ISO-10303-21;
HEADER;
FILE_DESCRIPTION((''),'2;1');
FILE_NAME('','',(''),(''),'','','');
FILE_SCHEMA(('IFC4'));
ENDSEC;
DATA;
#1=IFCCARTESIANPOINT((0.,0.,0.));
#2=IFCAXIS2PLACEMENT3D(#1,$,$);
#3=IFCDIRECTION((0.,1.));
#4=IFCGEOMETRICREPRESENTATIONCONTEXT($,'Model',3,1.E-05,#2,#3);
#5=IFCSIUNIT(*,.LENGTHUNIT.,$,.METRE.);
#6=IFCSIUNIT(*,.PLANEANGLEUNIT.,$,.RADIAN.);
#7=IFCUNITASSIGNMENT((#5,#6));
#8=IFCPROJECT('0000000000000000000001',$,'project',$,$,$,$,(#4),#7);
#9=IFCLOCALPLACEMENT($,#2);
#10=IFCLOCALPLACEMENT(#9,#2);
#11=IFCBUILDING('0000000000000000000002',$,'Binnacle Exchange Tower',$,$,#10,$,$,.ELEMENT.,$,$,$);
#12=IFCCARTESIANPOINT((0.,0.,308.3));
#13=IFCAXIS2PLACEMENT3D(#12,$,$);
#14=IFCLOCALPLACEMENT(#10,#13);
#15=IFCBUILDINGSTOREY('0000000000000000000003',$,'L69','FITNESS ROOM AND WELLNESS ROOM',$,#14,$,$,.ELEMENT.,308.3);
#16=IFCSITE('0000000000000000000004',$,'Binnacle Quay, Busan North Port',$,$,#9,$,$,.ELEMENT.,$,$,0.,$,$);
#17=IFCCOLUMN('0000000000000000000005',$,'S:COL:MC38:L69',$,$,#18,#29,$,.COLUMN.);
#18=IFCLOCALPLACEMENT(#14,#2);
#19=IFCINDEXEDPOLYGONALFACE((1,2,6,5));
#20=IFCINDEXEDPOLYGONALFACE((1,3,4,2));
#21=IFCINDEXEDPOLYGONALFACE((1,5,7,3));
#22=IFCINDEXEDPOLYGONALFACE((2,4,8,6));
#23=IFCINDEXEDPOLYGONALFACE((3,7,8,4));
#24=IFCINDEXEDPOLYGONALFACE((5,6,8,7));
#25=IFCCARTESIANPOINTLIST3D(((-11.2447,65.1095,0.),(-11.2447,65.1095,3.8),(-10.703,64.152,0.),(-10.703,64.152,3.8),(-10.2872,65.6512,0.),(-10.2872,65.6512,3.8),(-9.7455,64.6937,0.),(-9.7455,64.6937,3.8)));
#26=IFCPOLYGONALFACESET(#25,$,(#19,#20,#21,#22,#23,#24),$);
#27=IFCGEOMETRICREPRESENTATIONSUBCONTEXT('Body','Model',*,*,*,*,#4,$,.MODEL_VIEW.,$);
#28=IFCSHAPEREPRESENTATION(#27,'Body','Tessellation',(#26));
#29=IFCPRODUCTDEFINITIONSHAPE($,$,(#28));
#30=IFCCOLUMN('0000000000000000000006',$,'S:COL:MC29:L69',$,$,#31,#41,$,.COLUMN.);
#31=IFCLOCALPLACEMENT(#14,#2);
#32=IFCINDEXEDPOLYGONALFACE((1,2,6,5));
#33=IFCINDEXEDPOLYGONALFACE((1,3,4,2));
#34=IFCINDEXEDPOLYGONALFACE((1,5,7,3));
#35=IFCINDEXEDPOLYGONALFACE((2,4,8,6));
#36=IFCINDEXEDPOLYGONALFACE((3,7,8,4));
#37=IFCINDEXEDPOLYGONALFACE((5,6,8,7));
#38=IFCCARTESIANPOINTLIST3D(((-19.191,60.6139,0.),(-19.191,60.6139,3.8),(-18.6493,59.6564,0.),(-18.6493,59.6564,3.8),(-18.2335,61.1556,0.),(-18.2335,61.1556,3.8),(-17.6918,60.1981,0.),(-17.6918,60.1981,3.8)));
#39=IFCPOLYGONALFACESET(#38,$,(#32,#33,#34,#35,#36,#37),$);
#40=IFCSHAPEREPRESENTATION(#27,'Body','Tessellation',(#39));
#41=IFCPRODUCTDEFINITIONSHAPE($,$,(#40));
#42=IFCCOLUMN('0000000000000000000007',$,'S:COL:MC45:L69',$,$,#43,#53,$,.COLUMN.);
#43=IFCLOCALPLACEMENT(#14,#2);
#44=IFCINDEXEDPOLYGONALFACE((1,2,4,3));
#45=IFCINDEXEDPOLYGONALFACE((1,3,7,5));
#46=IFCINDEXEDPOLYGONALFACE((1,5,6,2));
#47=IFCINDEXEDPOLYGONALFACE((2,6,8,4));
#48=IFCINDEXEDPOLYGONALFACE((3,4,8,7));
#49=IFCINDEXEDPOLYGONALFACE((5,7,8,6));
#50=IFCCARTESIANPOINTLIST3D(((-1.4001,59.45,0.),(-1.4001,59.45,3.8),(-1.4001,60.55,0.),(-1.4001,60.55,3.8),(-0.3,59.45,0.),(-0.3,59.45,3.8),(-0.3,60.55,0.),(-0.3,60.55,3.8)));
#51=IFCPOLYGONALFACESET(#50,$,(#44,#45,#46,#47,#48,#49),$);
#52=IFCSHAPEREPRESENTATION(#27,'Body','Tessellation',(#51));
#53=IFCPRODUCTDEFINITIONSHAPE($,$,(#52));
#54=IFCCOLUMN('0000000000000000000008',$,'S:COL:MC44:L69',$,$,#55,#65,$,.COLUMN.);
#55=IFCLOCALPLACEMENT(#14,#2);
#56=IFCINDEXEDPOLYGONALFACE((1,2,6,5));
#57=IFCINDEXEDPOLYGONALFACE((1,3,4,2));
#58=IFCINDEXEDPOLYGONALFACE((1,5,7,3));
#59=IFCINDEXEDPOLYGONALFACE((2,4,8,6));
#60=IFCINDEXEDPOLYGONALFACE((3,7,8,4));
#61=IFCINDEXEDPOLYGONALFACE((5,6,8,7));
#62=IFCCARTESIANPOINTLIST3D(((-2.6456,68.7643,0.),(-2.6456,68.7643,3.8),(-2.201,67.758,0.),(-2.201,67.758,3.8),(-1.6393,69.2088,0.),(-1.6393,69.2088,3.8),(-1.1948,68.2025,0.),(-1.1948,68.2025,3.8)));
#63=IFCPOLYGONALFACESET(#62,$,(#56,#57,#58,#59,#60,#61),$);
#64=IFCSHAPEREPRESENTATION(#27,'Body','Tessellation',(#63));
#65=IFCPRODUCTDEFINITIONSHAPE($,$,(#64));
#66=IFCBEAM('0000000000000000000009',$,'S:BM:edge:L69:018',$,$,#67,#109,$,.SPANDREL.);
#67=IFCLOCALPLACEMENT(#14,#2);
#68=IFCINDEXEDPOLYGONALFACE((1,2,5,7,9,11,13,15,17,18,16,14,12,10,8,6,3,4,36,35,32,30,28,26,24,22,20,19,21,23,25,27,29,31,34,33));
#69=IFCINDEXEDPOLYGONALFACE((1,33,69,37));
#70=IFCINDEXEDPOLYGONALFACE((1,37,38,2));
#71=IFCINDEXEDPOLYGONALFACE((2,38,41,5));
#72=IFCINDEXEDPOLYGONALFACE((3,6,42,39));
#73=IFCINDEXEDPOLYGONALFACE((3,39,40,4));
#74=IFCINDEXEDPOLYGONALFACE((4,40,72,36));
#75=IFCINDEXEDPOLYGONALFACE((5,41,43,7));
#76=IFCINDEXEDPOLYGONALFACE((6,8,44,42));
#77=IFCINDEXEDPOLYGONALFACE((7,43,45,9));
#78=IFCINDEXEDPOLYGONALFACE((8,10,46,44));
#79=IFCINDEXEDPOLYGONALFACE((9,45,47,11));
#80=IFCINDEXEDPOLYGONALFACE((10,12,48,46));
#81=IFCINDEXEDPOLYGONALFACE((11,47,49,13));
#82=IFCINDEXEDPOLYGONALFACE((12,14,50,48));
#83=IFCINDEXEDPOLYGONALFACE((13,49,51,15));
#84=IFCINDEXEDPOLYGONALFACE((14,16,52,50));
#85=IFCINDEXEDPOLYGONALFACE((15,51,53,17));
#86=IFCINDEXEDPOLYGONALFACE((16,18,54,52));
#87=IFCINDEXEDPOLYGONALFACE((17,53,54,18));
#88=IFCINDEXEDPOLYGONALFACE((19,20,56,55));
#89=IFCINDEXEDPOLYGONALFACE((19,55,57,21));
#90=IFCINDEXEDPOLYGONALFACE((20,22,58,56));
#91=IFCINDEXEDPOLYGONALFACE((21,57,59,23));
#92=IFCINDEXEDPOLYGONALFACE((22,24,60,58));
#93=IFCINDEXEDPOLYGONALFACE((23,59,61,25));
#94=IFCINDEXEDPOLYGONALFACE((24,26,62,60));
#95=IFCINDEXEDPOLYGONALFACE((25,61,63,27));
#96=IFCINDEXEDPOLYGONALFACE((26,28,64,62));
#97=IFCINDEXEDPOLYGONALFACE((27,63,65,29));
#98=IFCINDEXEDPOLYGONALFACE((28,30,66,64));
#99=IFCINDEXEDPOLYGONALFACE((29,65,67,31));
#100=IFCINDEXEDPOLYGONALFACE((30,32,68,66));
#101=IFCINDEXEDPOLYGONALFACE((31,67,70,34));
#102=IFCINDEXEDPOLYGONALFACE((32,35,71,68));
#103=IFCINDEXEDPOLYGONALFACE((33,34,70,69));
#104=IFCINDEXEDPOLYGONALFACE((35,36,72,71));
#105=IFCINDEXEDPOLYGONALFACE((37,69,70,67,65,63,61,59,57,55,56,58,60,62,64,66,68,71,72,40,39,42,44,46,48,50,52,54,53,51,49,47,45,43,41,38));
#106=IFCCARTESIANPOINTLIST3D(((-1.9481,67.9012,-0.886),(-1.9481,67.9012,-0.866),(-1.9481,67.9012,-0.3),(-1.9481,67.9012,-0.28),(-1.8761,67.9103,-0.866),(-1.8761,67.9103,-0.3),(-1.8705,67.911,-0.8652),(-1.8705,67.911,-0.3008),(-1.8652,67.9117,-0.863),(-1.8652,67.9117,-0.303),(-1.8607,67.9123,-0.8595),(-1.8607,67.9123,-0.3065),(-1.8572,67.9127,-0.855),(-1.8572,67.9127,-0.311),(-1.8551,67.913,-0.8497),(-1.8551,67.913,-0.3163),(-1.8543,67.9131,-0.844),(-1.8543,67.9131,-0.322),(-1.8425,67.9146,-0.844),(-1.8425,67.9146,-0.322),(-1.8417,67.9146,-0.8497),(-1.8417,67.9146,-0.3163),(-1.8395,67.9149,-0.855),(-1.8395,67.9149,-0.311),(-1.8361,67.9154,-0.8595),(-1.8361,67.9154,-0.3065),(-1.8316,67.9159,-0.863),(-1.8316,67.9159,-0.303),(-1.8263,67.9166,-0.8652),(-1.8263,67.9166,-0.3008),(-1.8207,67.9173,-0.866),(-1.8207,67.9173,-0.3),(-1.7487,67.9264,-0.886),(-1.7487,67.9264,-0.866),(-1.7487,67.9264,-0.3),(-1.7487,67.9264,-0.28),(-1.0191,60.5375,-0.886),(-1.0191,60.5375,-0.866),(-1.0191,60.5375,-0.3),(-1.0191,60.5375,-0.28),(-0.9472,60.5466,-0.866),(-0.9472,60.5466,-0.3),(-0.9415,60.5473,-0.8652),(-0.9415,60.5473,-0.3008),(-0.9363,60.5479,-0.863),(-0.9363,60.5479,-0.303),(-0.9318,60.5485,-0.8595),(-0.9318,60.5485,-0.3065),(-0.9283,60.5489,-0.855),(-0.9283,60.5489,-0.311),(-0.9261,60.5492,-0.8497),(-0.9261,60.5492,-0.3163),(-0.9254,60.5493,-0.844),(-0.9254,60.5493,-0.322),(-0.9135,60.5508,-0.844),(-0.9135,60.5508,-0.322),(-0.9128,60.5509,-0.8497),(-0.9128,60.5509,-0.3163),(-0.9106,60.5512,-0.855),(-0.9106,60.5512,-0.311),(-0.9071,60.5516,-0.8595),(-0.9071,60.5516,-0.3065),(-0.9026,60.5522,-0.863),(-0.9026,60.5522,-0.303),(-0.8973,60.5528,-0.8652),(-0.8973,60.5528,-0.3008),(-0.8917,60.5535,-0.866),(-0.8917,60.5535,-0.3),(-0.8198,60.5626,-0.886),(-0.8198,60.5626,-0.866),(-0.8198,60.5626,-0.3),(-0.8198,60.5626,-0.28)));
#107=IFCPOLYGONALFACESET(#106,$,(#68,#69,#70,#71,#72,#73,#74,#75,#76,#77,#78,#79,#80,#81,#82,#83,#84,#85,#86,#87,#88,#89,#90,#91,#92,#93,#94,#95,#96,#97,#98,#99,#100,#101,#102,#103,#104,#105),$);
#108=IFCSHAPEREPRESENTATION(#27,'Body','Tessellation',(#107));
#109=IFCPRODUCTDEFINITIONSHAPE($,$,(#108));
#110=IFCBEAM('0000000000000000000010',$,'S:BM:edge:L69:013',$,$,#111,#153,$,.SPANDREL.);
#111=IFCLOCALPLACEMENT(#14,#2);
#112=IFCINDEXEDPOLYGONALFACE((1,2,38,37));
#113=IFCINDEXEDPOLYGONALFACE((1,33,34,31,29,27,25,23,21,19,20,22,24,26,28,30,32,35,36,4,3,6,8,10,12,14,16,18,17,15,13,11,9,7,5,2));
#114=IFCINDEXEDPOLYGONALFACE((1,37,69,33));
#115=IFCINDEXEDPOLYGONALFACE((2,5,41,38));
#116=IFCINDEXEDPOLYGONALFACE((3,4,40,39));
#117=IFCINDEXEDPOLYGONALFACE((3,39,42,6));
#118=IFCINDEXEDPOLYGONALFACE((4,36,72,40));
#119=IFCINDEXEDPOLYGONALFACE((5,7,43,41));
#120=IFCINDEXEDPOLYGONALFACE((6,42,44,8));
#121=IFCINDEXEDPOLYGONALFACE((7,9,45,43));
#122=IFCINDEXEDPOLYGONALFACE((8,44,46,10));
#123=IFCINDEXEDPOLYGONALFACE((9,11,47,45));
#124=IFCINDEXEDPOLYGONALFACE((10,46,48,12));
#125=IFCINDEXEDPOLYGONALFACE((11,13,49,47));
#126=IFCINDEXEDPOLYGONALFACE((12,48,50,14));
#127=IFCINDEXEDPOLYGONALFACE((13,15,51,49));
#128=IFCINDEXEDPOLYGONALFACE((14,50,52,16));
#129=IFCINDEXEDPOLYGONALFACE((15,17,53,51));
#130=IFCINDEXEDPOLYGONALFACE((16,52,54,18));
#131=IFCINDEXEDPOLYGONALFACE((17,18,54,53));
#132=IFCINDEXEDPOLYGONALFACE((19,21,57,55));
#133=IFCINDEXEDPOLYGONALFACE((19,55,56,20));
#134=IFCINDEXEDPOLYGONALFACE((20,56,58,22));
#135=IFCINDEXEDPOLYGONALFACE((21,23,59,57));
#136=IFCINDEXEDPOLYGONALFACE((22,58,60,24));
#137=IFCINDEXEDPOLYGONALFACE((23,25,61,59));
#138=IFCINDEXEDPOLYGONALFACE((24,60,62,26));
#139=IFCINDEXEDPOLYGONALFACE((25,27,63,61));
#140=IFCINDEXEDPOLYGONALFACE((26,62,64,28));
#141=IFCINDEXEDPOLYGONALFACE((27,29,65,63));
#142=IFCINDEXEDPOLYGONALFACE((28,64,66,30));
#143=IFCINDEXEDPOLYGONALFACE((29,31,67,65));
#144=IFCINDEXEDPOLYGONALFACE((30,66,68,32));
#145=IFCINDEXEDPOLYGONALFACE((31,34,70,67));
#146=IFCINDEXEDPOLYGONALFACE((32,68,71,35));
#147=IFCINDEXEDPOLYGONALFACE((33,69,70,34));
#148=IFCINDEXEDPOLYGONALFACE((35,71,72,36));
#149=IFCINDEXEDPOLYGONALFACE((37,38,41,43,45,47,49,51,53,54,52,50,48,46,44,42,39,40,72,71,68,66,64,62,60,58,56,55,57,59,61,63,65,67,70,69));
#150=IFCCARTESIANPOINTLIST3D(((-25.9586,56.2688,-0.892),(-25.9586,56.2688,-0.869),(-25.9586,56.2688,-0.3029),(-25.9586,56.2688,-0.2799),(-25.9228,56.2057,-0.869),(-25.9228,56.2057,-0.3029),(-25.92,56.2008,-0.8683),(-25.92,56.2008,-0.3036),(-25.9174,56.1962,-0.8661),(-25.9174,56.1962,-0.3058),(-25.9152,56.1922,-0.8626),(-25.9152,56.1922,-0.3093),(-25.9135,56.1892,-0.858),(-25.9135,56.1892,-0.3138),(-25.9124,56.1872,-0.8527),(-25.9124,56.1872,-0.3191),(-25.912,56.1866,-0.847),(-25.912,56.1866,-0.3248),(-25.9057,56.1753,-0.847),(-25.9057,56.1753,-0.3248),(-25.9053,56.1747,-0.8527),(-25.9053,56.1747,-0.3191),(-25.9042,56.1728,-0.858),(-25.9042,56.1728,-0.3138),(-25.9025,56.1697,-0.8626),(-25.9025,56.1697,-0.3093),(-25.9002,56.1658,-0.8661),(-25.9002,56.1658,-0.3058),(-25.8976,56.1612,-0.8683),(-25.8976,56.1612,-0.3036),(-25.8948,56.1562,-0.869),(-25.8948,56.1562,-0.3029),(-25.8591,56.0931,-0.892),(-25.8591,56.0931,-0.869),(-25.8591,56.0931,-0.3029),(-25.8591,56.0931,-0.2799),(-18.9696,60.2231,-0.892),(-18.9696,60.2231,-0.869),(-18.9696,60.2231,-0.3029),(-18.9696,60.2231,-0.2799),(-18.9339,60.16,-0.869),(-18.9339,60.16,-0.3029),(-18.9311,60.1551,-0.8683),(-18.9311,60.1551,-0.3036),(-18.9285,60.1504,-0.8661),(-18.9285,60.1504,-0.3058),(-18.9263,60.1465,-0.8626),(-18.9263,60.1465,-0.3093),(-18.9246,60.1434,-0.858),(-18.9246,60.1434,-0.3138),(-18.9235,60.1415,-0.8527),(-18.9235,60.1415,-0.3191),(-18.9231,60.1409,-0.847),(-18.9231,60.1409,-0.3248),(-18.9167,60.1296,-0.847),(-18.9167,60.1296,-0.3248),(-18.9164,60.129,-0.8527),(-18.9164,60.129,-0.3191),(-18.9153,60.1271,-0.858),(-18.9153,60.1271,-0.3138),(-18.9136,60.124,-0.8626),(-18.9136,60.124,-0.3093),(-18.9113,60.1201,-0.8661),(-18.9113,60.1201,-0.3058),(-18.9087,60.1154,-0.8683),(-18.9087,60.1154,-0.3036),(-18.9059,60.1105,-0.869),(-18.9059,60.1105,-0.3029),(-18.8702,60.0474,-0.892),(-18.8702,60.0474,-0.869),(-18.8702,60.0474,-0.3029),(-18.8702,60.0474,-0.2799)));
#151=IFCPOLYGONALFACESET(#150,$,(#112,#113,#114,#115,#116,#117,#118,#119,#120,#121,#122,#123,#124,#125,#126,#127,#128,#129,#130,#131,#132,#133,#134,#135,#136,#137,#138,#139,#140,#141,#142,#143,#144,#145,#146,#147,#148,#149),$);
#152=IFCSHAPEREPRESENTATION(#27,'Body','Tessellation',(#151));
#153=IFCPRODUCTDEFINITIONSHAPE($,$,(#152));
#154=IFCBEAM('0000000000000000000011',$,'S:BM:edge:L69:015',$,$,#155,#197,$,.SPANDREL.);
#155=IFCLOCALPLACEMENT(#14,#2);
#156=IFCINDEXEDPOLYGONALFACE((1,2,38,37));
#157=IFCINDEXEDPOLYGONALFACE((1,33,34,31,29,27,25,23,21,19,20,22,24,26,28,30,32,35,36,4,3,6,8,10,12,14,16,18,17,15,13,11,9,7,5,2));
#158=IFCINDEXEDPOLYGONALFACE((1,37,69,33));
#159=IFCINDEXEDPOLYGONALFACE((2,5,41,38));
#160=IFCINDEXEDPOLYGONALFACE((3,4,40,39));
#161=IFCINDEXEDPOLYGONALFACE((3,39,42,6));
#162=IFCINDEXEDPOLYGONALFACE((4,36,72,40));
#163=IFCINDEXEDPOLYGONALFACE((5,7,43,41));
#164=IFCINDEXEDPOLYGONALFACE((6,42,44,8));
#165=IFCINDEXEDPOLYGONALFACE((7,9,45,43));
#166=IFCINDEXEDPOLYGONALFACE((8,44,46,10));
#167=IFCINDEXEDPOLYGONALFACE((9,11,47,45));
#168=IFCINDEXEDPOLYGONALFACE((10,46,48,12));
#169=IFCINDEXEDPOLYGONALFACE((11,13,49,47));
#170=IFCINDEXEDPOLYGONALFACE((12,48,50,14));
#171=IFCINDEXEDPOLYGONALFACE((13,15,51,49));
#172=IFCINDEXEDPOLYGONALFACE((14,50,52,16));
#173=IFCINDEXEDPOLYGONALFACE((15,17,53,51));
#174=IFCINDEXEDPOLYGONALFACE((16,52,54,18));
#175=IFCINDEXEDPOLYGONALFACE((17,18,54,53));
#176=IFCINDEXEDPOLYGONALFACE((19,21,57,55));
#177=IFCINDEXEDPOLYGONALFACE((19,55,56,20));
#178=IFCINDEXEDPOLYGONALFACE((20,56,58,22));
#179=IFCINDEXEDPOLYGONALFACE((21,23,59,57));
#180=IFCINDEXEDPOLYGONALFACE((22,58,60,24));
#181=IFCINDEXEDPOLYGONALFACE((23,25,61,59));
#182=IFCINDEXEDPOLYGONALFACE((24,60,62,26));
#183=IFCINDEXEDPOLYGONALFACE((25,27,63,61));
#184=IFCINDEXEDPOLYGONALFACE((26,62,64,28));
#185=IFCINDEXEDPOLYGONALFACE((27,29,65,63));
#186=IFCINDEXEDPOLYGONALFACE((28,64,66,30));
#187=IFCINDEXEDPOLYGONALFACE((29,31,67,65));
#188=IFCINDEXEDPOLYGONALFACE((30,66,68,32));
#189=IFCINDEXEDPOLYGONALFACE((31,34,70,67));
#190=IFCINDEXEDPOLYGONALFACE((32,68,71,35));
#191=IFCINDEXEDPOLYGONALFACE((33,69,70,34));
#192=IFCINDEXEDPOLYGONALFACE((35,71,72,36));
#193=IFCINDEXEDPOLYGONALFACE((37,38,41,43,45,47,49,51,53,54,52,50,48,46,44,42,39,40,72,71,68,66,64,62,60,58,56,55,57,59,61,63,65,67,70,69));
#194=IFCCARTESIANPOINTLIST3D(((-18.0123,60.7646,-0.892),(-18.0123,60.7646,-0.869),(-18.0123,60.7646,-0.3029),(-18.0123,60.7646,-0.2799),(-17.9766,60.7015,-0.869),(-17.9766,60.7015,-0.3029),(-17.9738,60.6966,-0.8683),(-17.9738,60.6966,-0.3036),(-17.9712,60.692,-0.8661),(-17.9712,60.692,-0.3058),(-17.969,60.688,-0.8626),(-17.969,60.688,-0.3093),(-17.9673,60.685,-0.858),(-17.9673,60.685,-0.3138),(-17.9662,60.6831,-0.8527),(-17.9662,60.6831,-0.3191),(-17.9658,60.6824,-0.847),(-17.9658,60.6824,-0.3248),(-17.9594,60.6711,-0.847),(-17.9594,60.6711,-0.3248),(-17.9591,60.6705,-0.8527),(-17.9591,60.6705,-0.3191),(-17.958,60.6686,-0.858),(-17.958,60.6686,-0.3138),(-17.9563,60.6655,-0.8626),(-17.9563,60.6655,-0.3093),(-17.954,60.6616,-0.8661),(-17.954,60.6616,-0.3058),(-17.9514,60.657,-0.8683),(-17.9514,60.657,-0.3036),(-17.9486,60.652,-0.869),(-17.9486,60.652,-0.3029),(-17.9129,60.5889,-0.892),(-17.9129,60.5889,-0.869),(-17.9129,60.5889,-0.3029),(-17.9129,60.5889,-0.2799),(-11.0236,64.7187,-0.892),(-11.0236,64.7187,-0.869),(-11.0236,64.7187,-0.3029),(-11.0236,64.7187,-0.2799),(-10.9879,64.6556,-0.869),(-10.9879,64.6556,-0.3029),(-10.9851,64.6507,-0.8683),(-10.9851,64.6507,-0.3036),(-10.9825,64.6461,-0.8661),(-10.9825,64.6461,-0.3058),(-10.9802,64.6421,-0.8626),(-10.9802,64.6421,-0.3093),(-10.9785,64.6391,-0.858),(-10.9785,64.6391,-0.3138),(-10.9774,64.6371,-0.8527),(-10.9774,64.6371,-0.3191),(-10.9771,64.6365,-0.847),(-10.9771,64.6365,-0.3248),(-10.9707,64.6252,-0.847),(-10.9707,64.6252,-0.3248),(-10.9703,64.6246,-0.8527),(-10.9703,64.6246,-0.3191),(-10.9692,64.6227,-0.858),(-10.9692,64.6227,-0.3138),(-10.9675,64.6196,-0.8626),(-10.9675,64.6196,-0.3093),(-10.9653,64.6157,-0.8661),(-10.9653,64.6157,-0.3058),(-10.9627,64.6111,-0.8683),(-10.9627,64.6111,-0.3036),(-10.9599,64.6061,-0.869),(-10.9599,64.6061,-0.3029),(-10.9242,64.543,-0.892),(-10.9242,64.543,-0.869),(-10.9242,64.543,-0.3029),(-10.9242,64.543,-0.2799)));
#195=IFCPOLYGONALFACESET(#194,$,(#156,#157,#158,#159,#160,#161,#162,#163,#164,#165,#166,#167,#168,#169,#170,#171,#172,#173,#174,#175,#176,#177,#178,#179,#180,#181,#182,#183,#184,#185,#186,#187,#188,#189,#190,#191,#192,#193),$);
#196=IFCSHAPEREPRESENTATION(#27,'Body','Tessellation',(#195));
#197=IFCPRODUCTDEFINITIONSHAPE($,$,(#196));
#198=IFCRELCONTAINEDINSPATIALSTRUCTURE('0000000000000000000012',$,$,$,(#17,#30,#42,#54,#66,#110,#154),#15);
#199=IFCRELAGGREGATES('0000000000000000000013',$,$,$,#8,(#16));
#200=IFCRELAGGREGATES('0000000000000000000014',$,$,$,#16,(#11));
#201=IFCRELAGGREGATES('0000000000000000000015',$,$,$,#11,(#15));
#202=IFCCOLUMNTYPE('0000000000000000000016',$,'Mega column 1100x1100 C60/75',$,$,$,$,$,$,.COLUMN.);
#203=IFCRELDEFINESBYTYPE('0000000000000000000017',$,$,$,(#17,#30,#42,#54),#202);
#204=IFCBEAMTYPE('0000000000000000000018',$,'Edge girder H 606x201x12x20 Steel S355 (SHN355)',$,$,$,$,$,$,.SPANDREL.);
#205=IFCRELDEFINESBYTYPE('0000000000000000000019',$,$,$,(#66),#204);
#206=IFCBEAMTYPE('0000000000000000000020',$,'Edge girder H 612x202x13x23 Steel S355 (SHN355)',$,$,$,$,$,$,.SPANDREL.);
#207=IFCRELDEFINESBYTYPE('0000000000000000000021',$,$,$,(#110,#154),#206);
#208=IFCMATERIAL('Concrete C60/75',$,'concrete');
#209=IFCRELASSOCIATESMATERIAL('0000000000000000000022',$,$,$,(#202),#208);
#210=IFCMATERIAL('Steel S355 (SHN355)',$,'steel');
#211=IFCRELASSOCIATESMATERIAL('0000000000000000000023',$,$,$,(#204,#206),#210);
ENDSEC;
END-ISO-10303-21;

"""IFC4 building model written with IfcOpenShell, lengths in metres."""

from ifc_helpers import new_model, si_unit, direction, frame, origin, origin_2d, place, context, subcontext, project, spatial, rectangle, i_section, extrude, material, material_profile, profile_set, type_object, element, save


model = new_model("IFC4")

# Units and contexts
model_context = context("Model", 3, precision=1e-05, world=origin(), true_north=direction((0.0, 1.0)))
body_context = subcontext(model_context, "Body", "Model", "MODEL_VIEW")
ifc_project = project(units=[si_unit("LENGTHUNIT", "METRE"), si_unit("PLANEANGLEUNIT", "RADIAN")], contexts=[model_context])

# Site, building, storey
site_placement = place(None, origin())
site = spatial("IfcSite", under=ifc_project, at=site_placement, Name="Binnacle Quay, Busan North Port", CompositionType="ELEMENT", RefElevation=0.0)
building_placement = place(site_placement, origin())
building = spatial("IfcBuilding", under=site, at=building_placement, Name="Binnacle Exchange Tower", CompositionType="ELEMENT")
storey_placement = place(building_placement, frame((0.0, 0.0, 308.3)))
storey = spatial("IfcBuildingStorey", under=building, at=storey_placement, Name="L69", Description="FITNESS ROOM AND WELLNESS ROOM", CompositionType="ELEMENT", Elevation=308.3)

# Columns
ifc_material_1 = material(Name="Concrete C60/75", Category="concrete")
ifc_material_profile_1 = material_profile(ifc_material_1, rectangle(XDim=1.1001, YDim=1.1001, at=origin_2d()), Name="Mega column 1100x1100 C60/75")
ifc_profile_set_1 = profile_set([ifc_material_profile_1], Name="Concrete C60/75")
column_type = type_object("IfcColumnType", Name="Mega column 1100x1100 C60/75", PredefinedType="COLUMN", material=ifc_profile_set_1)
for number, where, z_axis, x_axis, name in (
    (1, (-10.4951, 64.9016, 0.0), (0.0, 0.0, 1.0), (-0.870356, -0.492424, 0.0), "S:COL:MC38:L69"),
    (2, (-18.4414, 60.406, 0.0), (0.0, 0.0, 1.0), (-0.870356, -0.492424, 0.0), "S:COL:MC29:L69"),
    (3, (-0.8501, 60.0, 0.0), (0.0, 0.0, 1.0), (0.0, 1.0, 0.0), "S:COL:MC45:L69"),
    (4, (-1.9202, 68.4834, 0.0), (0.0, 0.0, 1.0), (-0.914713, -0.404104, 0.0), "S:COL:MC44:L69"),
):
    element("IfcColumn", number, at=place(storey_placement, frame(where, z_axis=z_axis, x_axis=x_axis)), inside=storey, type_object=column_type, Name=name, PredefinedType="COLUMN", context=body_context, shape_type="SweptSolid", body=[
        extrude(rectangle(XDim=1.1001, YDim=1.1001, at=origin_2d()), origin(), (0.0, 0.0, 1.0), 3.8),
    ])

# Beams
ifc_material_2 = material(Name="Steel S355 (SHN355)", Category="steel")
ifc_material_profile_2 = material_profile(ifc_material_2, i_section(OverallWidth=0.2009, OverallDepth=0.606, WebThickness=0.012, FlangeThickness=0.02, FilletRadius=0.022, at=origin_2d()), Name="H 606x201x12x20")
ifc_profile_set_2 = profile_set([ifc_material_profile_2], Name="Steel S355 (SHN355)")
beam_type_1 = type_object("IfcBeamType", Name="Edge girder H 606x201x12x20 Steel S355 (SHN355)", PredefinedType="SPANDREL", material=ifc_profile_set_2)
beam_1_placement = place(storey_placement, frame((-0.9194, 60.55, -0.583), z_axis=(-0.12516, 0.992137, 0.0), x_axis=(-0.992137, -0.12516, 0.0)))
element("IfcBeam", 5, at=beam_1_placement, inside=storey, type_object=beam_type_1, Name="S:BM:edge:L69:018", PredefinedType="SPANDREL", context=body_context, shape_type="SweptSolid", body=[
    extrude(i_section(OverallWidth=0.2009, OverallDepth=0.606, WebThickness=0.012, FlangeThickness=0.02, FilletRadius=0.022, at=origin_2d()), origin(), (0.0, 0.0, 1.0), 7.4221),
])
ifc_material_profile_3 = material_profile(ifc_material_2, i_section(OverallWidth=0.2019, OverallDepth=0.6121, WebThickness=0.0129, FlangeThickness=0.0229, FilletRadius=0.022, at=origin_2d()), Name="H 612x202x13x23")
ifc_profile_set_3 = profile_set([ifc_material_profile_3], Name="Steel S355 (SHN355)")
beam_type_2 = type_object("IfcBeamType", Name="Edge girder H 612x202x13x23 Steel S355 (SHN355)", PredefinedType="SPANDREL", material=ifc_profile_set_3)
beam_2_placement = place(storey_placement, frame((-18.9199, 60.1353, -0.5859), z_axis=(-0.870348, -0.492438, 0.0), x_axis=(0.492438, -0.870348, 0.0)))
element("IfcBeam", 6, at=beam_2_placement, inside=storey, type_object=beam_type_2, Name="S:BM:edge:L69:013", PredefinedType="SPANDREL", context=body_context, shape_type="SweptSolid", body=[
    extrude(i_section(OverallWidth=0.2019, OverallDepth=0.6121, WebThickness=0.0129, FlangeThickness=0.0229, FilletRadius=0.022, at=origin_2d()), origin(), (0.0, 0.0, 1.0), 8.03),
])
beam_3_placement = place(storey_placement, frame((-10.9739, 64.6309, -0.5859), z_axis=(-0.870353, -0.492428, 0.0), x_axis=(0.492428, -0.870353, 0.0)))
element("IfcBeam", 7, at=beam_3_placement, inside=storey, type_object=beam_type_2, Name="S:BM:edge:L69:015", PredefinedType="SPANDREL", context=body_context, shape_type="SweptSolid", body=[
    extrude(i_section(OverallWidth=0.2019, OverallDepth=0.6121, WebThickness=0.0129, FlangeThickness=0.0229, FilletRadius=0.022, at=origin_2d()), origin(), (0.0, 0.0, 1.0), 8.0298),
])

save(model, "model.ifc")
